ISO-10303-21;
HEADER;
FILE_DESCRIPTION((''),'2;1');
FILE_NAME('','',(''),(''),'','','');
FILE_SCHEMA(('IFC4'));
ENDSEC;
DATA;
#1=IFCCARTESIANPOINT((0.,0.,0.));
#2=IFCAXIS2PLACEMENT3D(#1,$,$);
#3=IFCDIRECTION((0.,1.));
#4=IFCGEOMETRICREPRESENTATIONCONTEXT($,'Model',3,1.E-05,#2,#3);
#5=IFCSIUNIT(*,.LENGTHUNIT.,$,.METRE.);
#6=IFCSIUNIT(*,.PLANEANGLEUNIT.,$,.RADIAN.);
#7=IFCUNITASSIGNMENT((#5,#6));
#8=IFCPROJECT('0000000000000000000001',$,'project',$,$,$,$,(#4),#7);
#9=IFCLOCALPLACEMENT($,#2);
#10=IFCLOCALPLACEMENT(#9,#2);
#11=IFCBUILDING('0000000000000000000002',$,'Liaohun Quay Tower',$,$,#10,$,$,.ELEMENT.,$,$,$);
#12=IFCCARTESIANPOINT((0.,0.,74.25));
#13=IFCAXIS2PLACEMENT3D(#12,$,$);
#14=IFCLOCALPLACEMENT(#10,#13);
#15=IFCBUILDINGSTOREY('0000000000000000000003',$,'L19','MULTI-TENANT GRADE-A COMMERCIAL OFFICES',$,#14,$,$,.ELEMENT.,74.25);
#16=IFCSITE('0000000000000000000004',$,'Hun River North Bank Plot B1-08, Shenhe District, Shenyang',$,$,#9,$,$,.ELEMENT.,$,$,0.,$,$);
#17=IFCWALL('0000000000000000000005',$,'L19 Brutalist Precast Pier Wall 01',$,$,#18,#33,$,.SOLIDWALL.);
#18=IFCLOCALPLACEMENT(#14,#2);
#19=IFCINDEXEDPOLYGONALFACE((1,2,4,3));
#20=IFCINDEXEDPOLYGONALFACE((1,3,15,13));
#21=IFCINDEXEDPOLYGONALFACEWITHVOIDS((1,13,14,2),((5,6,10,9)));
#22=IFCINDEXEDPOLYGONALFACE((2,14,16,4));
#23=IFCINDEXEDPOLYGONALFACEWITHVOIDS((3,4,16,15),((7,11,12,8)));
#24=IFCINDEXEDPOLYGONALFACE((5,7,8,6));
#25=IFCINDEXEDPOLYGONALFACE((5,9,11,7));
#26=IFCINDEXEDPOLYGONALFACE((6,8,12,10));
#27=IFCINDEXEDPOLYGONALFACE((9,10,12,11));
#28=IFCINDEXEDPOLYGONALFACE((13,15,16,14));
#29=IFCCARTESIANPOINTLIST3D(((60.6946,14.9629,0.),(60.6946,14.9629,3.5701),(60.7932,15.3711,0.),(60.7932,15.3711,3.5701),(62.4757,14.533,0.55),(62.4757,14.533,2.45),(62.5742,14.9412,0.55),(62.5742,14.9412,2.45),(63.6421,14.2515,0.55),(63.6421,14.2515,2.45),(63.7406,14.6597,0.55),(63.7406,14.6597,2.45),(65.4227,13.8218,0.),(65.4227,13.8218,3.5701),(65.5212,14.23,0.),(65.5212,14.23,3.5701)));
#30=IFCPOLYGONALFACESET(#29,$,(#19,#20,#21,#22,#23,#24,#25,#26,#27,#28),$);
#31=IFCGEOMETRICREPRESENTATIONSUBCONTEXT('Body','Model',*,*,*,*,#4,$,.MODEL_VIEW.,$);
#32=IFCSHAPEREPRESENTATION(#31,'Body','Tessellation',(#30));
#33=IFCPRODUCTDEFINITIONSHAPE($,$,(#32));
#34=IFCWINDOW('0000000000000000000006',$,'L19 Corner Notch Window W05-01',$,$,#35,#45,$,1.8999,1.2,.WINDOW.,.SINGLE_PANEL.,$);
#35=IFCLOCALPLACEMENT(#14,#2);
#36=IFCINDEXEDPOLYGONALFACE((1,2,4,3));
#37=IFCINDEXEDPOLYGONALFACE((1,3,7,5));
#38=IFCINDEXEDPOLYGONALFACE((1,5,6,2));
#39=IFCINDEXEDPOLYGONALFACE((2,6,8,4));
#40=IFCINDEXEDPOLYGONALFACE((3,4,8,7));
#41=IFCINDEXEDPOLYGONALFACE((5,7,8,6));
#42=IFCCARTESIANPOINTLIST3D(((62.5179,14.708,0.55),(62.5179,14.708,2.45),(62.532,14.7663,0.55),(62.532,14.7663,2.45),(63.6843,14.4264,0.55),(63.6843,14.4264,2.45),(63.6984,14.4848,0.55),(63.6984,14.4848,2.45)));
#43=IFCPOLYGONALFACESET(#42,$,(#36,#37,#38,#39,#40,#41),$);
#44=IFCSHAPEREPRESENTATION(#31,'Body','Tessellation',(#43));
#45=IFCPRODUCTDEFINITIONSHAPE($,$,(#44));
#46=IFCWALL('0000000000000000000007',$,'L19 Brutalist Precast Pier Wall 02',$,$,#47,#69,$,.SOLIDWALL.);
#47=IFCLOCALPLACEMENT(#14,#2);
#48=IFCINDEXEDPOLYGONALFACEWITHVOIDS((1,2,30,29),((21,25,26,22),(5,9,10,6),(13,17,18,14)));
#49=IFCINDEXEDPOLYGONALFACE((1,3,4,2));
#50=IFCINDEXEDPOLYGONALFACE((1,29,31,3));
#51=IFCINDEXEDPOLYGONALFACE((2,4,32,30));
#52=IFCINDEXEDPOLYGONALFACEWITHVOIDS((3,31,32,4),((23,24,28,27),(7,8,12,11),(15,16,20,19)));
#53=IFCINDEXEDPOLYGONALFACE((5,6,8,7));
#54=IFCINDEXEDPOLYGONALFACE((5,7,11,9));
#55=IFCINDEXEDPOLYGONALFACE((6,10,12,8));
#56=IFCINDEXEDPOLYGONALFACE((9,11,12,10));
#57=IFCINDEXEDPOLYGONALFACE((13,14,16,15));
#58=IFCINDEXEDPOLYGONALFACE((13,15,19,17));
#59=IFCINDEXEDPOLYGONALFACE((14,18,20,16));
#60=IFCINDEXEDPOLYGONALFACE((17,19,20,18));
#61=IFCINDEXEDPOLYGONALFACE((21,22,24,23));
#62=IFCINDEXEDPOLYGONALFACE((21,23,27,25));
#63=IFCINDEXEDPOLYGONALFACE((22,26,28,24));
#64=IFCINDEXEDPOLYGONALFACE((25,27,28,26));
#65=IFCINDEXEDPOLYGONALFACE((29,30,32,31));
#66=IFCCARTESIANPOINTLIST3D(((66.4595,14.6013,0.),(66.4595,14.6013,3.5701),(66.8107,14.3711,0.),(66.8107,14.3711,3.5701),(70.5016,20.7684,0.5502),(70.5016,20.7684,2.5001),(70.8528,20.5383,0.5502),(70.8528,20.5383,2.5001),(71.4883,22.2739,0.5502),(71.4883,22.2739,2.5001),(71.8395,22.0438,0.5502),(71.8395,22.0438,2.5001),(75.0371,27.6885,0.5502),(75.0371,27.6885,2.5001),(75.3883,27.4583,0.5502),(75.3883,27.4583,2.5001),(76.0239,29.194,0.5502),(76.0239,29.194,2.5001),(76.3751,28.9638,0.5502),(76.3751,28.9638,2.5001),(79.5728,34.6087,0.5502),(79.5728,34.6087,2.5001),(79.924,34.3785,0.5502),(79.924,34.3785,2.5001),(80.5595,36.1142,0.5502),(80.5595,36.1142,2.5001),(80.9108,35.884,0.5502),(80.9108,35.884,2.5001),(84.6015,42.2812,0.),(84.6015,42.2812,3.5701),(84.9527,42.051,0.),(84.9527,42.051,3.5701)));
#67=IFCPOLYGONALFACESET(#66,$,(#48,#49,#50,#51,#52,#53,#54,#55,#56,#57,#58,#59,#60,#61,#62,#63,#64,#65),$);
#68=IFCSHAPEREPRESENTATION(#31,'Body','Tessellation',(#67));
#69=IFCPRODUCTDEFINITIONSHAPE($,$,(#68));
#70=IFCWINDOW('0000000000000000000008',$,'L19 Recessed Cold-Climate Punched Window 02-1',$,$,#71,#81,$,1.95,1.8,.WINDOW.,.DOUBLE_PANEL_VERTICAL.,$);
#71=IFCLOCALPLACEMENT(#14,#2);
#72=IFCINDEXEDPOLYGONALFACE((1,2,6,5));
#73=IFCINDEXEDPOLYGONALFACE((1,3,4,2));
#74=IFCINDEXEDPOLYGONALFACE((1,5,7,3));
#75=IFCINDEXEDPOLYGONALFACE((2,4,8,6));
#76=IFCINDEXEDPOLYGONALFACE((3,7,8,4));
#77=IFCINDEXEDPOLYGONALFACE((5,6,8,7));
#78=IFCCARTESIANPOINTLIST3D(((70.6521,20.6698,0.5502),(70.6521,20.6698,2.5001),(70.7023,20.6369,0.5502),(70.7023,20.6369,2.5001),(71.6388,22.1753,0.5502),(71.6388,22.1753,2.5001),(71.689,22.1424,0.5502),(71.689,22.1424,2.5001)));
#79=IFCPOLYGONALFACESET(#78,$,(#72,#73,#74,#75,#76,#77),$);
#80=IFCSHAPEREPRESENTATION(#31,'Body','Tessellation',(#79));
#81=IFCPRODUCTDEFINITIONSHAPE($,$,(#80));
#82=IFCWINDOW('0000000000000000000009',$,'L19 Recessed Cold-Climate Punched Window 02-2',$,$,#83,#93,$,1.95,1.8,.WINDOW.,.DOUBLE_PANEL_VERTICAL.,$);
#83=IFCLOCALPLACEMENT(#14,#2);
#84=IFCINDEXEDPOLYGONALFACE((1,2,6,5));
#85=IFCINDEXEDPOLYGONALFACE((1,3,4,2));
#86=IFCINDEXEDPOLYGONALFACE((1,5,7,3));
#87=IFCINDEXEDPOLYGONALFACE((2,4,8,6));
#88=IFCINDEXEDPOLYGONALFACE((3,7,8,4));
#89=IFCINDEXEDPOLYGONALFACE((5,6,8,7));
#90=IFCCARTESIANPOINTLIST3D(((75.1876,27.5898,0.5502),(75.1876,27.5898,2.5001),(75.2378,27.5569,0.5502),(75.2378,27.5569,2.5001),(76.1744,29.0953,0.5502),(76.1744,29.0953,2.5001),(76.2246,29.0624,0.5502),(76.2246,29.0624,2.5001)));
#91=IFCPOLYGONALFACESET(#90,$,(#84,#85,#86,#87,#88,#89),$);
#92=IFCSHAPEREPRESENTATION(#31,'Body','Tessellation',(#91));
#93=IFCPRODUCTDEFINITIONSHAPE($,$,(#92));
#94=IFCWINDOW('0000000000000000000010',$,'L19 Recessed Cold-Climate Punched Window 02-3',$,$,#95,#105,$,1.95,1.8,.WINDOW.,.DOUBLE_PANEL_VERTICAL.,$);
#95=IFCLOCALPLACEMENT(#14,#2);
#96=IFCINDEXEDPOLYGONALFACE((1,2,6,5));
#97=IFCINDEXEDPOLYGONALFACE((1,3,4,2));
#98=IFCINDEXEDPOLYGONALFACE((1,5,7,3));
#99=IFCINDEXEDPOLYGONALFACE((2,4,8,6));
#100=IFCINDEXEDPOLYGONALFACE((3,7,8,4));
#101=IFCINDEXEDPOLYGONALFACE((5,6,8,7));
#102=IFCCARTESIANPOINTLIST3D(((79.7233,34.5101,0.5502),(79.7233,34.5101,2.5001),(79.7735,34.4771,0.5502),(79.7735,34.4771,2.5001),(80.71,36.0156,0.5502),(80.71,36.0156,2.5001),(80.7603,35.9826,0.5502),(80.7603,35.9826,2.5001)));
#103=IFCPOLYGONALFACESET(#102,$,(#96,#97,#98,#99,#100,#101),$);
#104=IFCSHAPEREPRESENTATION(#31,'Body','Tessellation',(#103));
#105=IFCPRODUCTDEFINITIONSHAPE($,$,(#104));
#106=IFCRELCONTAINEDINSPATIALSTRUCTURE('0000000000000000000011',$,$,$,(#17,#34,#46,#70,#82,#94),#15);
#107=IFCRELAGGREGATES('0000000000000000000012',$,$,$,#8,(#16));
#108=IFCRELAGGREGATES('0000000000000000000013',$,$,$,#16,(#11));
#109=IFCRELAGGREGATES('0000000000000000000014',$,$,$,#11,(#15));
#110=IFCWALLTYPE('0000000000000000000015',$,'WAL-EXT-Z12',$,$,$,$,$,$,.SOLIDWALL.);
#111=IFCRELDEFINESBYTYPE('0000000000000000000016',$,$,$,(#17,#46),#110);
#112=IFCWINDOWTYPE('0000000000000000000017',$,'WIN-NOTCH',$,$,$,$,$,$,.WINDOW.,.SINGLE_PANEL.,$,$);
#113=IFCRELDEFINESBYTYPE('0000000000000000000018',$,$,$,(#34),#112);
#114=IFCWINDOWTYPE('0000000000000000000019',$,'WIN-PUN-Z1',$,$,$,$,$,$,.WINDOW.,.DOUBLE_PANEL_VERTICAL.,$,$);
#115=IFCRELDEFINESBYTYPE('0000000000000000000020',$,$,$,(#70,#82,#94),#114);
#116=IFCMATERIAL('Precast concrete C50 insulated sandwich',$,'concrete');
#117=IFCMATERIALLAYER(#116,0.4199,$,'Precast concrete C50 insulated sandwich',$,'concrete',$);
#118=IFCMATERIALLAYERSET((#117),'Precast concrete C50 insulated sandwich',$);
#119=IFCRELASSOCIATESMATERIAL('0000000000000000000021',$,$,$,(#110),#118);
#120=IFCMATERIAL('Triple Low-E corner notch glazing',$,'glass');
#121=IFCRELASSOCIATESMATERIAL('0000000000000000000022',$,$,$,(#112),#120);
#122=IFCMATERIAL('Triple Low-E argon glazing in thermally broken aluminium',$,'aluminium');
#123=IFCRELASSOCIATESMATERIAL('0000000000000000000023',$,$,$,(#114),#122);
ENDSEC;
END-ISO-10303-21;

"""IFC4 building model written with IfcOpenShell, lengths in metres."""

from ifc_helpers import new_model, si_unit, direction, frame, frame_2d, origin, place, context, subcontext, project, spatial, rectangle, extrude, source, transform, mapped, material, layer, layer_set, type_object, element, fill, save


model = new_model("IFC4")

# Units and contexts
model_context = context("Model", 3, precision=1e-05, world=origin(), true_north=direction((0.0, 1.0)))
body_context = subcontext(model_context, "Body", "Model", "MODEL_VIEW")
ifc_project = project(units=[si_unit("LENGTHUNIT", "METRE"), si_unit("PLANEANGLEUNIT", "RADIAN")], contexts=[model_context])

# Site, building, storey
site_placement = place(None, origin())
site = spatial("IfcSite", under=ifc_project, at=site_placement, Name="Hun River North Bank Plot B1-08, Shenhe District, Shenyang", CompositionType="ELEMENT", RefElevation=0.0)
building_placement = place(site_placement, origin())
building = spatial("IfcBuilding", under=site, at=building_placement, Name="Liaohun Quay Tower", CompositionType="ELEMENT")
storey_placement = place(building_placement, frame((0.0, 0.0, 74.25)))
storey = spatial("IfcBuildingStorey", under=building, at=storey_placement, Name="L19", Description="MULTI-TENANT GRADE-A COMMERCIAL OFFICES", CompositionType="ELEMENT", Elevation=74.25)

# Wall, opening, window
ifc_material_1 = material(Name="Precast concrete C50 insulated sandwich", Category="concrete")
ifc_layer_1 = layer(ifc_material_1, 0.4199, Name="Precast concrete C50 insulated sandwich", Category="concrete")
ifc_layer_set_1 = layer_set([ifc_layer_1], Name="Precast concrete C50 insulated sandwich")
wall_type_1 = type_object("IfcWallType", Name="WAL-EXT-Z12", PredefinedType="SOLIDWALL", material=ifc_layer_set_1)
wall_1_placement = place(storey_placement, frame((60.7439, 15.167, 0.0), z_axis=(0.0, 0.0, 1.0), x_axis=(0.972089, -0.234614, 0.0)))
wall_1 = element("IfcWall", 1, at=wall_1_placement, inside=storey, type_object=wall_type_1, Name="L19 Brutalist Precast Pier Wall 01", PredefinedType="SOLIDWALL", context=body_context, shape_type="SweptSolid", body=[
    extrude(rectangle(XDim=4.8638, YDim=0.4199, at=frame_2d((2.4319, 0.0))), origin(), (0.0, 0.0, 1.0), 3.5701),
])
shared_shape_1 = source(origin(), body_context, "Body", "SweptSolid", [
    extrude(rectangle(XDim=1.2, YDim=1.8999, at=frame_2d((0.6001, 0.95))), frame((0.0, 0.22, 0.0), z_axis=(0.0, -1.0, 0.0), x_axis=(1.0, 0.0, 0.0)), (0.0, 0.0, 1.0), 0.4399),
])
opening_1_placement = place(wall_1_placement, frame((1.832, 0.0, 0.55)))
opening_1 = element("IfcOpeningElement", 2, at=opening_1_placement, cuts=wall_1, PredefinedType="OPENING", context=body_context, shape_type="MappedRepresentation", body=[
    mapped(shared_shape_1, transform((0.0, 0.0, 0.0), x_axis=(1.0, 0.0, 0.0), y_axis=(0.0, 1.0, 0.0), z_axis=(0.0, 0.0, 1.0), scale=1.0)),
])
ifc_material_2 = material(Name="Triple Low-E corner notch glazing", Category="glass")
window_type_1 = type_object("IfcWindowType", Name="WIN-NOTCH", PartitioningType="SINGLE_PANEL", PredefinedType="WINDOW", material=ifc_material_2)
shared_shape_2 = source(origin(), body_context, "Body", "SweptSolid", [
    extrude(rectangle(XDim=1.2, YDim=1.8999, at=frame_2d((0.6001, 0.95))), frame((0.0, 0.03, 0.0), z_axis=(0.0, -1.0, 0.0), x_axis=(1.0, 0.0, 0.0)), (0.0, 0.0, 1.0), 0.0601),
])
window_1_placement = place(opening_1_placement, origin())
window_1 = element("IfcWindow", 3, at=window_1_placement, inside=storey, type_object=window_type_1, Name="L19 Corner Notch Window W05-01", OverallHeight=1.8999, OverallWidth=1.2, PartitioningType="SINGLE_PANEL", PredefinedType="WINDOW", context=body_context, shape_type="MappedRepresentation", body=[
    mapped(shared_shape_2, transform((0.0, 0.0, 0.0), x_axis=(1.0, 0.0, 0.0), y_axis=(0.0, 1.0, 0.0), z_axis=(0.0, 0.0, 1.0), scale=1.0)),
])
fill(opening_1, window_1)

# Wall, openings, windows
wall_2_placement = place(storey_placement, frame((66.635, 14.4861, 0.0), z_axis=(0.0, 0.0, 1.0), x_axis=(0.548173, 0.836365, 0.0)))
wall_2 = element("IfcWall", 4, at=wall_2_placement, inside=storey, type_object=wall_type_1, Name="L19 Brutalist Precast Pier Wall 02", PredefinedType="SOLIDWALL", context=body_context, shape_type="SweptSolid", body=[
    extrude(rectangle(XDim=33.0955, YDim=0.4199, at=frame_2d((16.5479, 0.0))), origin(), (0.0, 0.0, 1.0), 3.5701),
])
shared_shape_3 = source(origin(), body_context, "Body", "SweptSolid", [
    extrude(rectangle(XDim=1.8, YDim=1.95, at=frame_2d((0.8999, 0.9751))), frame((0.0, 0.22, 0.0), z_axis=(0.0, -1.0, 0.0), x_axis=(1.0, 0.0, 0.0)), (0.0, 0.0, 1.0), 0.4399),
])
opening_2_placement = place(wall_2_placement, frame((7.374, 0.0, 0.55)))
opening_2 = element("IfcOpeningElement", 5, at=opening_2_placement, cuts=wall_2, PredefinedType="OPENING", context=body_context, shape_type="MappedRepresentation", body=[
    mapped(shared_shape_3, transform((0.0, 0.0, 0.0), x_axis=(1.0, 0.0, 0.0), y_axis=(0.0, 1.0, 0.0), z_axis=(0.0, 0.0, 1.0), scale=1.0)),
])
opening_3_placement = place(wall_2_placement, frame((15.6479, 0.0, 0.55)))
opening_3 = element("IfcOpeningElement", 6, at=opening_3_placement, cuts=wall_2, PredefinedType="OPENING", context=body_context, shape_type="MappedRepresentation", body=[
    mapped(shared_shape_3, transform((0.0, 0.0, 0.0), x_axis=(1.0, 0.0, 0.0), y_axis=(0.0, 1.0, 0.0), z_axis=(0.0, 0.0, 1.0), scale=1.0)),
])
opening_4_placement = place(wall_2_placement, frame((23.9221, 0.0, 0.55)))
opening_4 = element("IfcOpeningElement", 7, at=opening_4_placement, cuts=wall_2, PredefinedType="OPENING", context=body_context, shape_type="MappedRepresentation", body=[
    mapped(shared_shape_3, transform((0.0, 0.0, 0.0), x_axis=(1.0, 0.0, 0.0), y_axis=(0.0, 1.0, 0.0), z_axis=(0.0, 0.0, 1.0), scale=1.0)),
])
ifc_material_3 = material(Name="Triple Low-E argon glazing in thermally broken aluminium", Category="aluminium")
window_type_2 = type_object("IfcWindowType", Name="WIN-PUN-Z1", PartitioningType="DOUBLE_PANEL_VERTICAL", PredefinedType="WINDOW", material=ifc_material_3)
shared_shape_4 = source(origin(), body_context, "Body", "SweptSolid", [
    extrude(rectangle(XDim=1.8, YDim=1.95, at=frame_2d((0.8999, 0.9751))), frame((0.0, 0.03, 0.0), z_axis=(0.0, -1.0, 0.0), x_axis=(1.0, 0.0, 0.0)), (0.0, 0.0, 1.0), 0.0601),
])
window_2_placement = place(opening_2_placement, origin())
window_2 = element("IfcWindow", 8, at=window_2_placement, inside=storey, type_object=window_type_2, Name="L19 Recessed Cold-Climate Punched Window 02-1", OverallHeight=1.95, OverallWidth=1.8, PartitioningType="DOUBLE_PANEL_VERTICAL", PredefinedType="WINDOW", context=body_context, shape_type="MappedRepresentation", body=[
    mapped(shared_shape_4, transform((0.0, 0.0, 0.0), x_axis=(1.0, 0.0, 0.0), y_axis=(0.0, 1.0, 0.0), z_axis=(0.0, 0.0, 1.0), scale=1.0)),
])
fill(opening_2, window_2)
window_3_placement = place(opening_3_placement, origin())
window_3 = element("IfcWindow", 9, at=window_3_placement, inside=storey, type_object=window_type_2, Name="L19 Recessed Cold-Climate Punched Window 02-2", OverallHeight=1.95, OverallWidth=1.8, PartitioningType="DOUBLE_PANEL_VERTICAL", PredefinedType="WINDOW", context=body_context, shape_type="MappedRepresentation", body=[
    mapped(shared_shape_4, transform((0.0, 0.0, 0.0), x_axis=(1.0, 0.0, 0.0), y_axis=(0.0, 1.0, 0.0), z_axis=(0.0, 0.0, 1.0), scale=1.0)),
])
fill(opening_3, window_3)
window_4_placement = place(opening_4_placement, origin())
window_4 = element("IfcWindow", 10, at=window_4_placement, inside=storey, type_object=window_type_2, Name="L19 Recessed Cold-Climate Punched Window 02-3", OverallHeight=1.95, OverallWidth=1.8, PartitioningType="DOUBLE_PANEL_VERTICAL", PredefinedType="WINDOW", context=body_context, shape_type="MappedRepresentation", body=[
    mapped(shared_shape_4, transform((0.0, 0.0, 0.0), x_axis=(1.0, 0.0, 0.0), y_axis=(0.0, 1.0, 0.0), z_axis=(0.0, 0.0, 1.0), scale=1.0)),
])
fill(opening_4, window_4)

save(model, "model.ifc")
